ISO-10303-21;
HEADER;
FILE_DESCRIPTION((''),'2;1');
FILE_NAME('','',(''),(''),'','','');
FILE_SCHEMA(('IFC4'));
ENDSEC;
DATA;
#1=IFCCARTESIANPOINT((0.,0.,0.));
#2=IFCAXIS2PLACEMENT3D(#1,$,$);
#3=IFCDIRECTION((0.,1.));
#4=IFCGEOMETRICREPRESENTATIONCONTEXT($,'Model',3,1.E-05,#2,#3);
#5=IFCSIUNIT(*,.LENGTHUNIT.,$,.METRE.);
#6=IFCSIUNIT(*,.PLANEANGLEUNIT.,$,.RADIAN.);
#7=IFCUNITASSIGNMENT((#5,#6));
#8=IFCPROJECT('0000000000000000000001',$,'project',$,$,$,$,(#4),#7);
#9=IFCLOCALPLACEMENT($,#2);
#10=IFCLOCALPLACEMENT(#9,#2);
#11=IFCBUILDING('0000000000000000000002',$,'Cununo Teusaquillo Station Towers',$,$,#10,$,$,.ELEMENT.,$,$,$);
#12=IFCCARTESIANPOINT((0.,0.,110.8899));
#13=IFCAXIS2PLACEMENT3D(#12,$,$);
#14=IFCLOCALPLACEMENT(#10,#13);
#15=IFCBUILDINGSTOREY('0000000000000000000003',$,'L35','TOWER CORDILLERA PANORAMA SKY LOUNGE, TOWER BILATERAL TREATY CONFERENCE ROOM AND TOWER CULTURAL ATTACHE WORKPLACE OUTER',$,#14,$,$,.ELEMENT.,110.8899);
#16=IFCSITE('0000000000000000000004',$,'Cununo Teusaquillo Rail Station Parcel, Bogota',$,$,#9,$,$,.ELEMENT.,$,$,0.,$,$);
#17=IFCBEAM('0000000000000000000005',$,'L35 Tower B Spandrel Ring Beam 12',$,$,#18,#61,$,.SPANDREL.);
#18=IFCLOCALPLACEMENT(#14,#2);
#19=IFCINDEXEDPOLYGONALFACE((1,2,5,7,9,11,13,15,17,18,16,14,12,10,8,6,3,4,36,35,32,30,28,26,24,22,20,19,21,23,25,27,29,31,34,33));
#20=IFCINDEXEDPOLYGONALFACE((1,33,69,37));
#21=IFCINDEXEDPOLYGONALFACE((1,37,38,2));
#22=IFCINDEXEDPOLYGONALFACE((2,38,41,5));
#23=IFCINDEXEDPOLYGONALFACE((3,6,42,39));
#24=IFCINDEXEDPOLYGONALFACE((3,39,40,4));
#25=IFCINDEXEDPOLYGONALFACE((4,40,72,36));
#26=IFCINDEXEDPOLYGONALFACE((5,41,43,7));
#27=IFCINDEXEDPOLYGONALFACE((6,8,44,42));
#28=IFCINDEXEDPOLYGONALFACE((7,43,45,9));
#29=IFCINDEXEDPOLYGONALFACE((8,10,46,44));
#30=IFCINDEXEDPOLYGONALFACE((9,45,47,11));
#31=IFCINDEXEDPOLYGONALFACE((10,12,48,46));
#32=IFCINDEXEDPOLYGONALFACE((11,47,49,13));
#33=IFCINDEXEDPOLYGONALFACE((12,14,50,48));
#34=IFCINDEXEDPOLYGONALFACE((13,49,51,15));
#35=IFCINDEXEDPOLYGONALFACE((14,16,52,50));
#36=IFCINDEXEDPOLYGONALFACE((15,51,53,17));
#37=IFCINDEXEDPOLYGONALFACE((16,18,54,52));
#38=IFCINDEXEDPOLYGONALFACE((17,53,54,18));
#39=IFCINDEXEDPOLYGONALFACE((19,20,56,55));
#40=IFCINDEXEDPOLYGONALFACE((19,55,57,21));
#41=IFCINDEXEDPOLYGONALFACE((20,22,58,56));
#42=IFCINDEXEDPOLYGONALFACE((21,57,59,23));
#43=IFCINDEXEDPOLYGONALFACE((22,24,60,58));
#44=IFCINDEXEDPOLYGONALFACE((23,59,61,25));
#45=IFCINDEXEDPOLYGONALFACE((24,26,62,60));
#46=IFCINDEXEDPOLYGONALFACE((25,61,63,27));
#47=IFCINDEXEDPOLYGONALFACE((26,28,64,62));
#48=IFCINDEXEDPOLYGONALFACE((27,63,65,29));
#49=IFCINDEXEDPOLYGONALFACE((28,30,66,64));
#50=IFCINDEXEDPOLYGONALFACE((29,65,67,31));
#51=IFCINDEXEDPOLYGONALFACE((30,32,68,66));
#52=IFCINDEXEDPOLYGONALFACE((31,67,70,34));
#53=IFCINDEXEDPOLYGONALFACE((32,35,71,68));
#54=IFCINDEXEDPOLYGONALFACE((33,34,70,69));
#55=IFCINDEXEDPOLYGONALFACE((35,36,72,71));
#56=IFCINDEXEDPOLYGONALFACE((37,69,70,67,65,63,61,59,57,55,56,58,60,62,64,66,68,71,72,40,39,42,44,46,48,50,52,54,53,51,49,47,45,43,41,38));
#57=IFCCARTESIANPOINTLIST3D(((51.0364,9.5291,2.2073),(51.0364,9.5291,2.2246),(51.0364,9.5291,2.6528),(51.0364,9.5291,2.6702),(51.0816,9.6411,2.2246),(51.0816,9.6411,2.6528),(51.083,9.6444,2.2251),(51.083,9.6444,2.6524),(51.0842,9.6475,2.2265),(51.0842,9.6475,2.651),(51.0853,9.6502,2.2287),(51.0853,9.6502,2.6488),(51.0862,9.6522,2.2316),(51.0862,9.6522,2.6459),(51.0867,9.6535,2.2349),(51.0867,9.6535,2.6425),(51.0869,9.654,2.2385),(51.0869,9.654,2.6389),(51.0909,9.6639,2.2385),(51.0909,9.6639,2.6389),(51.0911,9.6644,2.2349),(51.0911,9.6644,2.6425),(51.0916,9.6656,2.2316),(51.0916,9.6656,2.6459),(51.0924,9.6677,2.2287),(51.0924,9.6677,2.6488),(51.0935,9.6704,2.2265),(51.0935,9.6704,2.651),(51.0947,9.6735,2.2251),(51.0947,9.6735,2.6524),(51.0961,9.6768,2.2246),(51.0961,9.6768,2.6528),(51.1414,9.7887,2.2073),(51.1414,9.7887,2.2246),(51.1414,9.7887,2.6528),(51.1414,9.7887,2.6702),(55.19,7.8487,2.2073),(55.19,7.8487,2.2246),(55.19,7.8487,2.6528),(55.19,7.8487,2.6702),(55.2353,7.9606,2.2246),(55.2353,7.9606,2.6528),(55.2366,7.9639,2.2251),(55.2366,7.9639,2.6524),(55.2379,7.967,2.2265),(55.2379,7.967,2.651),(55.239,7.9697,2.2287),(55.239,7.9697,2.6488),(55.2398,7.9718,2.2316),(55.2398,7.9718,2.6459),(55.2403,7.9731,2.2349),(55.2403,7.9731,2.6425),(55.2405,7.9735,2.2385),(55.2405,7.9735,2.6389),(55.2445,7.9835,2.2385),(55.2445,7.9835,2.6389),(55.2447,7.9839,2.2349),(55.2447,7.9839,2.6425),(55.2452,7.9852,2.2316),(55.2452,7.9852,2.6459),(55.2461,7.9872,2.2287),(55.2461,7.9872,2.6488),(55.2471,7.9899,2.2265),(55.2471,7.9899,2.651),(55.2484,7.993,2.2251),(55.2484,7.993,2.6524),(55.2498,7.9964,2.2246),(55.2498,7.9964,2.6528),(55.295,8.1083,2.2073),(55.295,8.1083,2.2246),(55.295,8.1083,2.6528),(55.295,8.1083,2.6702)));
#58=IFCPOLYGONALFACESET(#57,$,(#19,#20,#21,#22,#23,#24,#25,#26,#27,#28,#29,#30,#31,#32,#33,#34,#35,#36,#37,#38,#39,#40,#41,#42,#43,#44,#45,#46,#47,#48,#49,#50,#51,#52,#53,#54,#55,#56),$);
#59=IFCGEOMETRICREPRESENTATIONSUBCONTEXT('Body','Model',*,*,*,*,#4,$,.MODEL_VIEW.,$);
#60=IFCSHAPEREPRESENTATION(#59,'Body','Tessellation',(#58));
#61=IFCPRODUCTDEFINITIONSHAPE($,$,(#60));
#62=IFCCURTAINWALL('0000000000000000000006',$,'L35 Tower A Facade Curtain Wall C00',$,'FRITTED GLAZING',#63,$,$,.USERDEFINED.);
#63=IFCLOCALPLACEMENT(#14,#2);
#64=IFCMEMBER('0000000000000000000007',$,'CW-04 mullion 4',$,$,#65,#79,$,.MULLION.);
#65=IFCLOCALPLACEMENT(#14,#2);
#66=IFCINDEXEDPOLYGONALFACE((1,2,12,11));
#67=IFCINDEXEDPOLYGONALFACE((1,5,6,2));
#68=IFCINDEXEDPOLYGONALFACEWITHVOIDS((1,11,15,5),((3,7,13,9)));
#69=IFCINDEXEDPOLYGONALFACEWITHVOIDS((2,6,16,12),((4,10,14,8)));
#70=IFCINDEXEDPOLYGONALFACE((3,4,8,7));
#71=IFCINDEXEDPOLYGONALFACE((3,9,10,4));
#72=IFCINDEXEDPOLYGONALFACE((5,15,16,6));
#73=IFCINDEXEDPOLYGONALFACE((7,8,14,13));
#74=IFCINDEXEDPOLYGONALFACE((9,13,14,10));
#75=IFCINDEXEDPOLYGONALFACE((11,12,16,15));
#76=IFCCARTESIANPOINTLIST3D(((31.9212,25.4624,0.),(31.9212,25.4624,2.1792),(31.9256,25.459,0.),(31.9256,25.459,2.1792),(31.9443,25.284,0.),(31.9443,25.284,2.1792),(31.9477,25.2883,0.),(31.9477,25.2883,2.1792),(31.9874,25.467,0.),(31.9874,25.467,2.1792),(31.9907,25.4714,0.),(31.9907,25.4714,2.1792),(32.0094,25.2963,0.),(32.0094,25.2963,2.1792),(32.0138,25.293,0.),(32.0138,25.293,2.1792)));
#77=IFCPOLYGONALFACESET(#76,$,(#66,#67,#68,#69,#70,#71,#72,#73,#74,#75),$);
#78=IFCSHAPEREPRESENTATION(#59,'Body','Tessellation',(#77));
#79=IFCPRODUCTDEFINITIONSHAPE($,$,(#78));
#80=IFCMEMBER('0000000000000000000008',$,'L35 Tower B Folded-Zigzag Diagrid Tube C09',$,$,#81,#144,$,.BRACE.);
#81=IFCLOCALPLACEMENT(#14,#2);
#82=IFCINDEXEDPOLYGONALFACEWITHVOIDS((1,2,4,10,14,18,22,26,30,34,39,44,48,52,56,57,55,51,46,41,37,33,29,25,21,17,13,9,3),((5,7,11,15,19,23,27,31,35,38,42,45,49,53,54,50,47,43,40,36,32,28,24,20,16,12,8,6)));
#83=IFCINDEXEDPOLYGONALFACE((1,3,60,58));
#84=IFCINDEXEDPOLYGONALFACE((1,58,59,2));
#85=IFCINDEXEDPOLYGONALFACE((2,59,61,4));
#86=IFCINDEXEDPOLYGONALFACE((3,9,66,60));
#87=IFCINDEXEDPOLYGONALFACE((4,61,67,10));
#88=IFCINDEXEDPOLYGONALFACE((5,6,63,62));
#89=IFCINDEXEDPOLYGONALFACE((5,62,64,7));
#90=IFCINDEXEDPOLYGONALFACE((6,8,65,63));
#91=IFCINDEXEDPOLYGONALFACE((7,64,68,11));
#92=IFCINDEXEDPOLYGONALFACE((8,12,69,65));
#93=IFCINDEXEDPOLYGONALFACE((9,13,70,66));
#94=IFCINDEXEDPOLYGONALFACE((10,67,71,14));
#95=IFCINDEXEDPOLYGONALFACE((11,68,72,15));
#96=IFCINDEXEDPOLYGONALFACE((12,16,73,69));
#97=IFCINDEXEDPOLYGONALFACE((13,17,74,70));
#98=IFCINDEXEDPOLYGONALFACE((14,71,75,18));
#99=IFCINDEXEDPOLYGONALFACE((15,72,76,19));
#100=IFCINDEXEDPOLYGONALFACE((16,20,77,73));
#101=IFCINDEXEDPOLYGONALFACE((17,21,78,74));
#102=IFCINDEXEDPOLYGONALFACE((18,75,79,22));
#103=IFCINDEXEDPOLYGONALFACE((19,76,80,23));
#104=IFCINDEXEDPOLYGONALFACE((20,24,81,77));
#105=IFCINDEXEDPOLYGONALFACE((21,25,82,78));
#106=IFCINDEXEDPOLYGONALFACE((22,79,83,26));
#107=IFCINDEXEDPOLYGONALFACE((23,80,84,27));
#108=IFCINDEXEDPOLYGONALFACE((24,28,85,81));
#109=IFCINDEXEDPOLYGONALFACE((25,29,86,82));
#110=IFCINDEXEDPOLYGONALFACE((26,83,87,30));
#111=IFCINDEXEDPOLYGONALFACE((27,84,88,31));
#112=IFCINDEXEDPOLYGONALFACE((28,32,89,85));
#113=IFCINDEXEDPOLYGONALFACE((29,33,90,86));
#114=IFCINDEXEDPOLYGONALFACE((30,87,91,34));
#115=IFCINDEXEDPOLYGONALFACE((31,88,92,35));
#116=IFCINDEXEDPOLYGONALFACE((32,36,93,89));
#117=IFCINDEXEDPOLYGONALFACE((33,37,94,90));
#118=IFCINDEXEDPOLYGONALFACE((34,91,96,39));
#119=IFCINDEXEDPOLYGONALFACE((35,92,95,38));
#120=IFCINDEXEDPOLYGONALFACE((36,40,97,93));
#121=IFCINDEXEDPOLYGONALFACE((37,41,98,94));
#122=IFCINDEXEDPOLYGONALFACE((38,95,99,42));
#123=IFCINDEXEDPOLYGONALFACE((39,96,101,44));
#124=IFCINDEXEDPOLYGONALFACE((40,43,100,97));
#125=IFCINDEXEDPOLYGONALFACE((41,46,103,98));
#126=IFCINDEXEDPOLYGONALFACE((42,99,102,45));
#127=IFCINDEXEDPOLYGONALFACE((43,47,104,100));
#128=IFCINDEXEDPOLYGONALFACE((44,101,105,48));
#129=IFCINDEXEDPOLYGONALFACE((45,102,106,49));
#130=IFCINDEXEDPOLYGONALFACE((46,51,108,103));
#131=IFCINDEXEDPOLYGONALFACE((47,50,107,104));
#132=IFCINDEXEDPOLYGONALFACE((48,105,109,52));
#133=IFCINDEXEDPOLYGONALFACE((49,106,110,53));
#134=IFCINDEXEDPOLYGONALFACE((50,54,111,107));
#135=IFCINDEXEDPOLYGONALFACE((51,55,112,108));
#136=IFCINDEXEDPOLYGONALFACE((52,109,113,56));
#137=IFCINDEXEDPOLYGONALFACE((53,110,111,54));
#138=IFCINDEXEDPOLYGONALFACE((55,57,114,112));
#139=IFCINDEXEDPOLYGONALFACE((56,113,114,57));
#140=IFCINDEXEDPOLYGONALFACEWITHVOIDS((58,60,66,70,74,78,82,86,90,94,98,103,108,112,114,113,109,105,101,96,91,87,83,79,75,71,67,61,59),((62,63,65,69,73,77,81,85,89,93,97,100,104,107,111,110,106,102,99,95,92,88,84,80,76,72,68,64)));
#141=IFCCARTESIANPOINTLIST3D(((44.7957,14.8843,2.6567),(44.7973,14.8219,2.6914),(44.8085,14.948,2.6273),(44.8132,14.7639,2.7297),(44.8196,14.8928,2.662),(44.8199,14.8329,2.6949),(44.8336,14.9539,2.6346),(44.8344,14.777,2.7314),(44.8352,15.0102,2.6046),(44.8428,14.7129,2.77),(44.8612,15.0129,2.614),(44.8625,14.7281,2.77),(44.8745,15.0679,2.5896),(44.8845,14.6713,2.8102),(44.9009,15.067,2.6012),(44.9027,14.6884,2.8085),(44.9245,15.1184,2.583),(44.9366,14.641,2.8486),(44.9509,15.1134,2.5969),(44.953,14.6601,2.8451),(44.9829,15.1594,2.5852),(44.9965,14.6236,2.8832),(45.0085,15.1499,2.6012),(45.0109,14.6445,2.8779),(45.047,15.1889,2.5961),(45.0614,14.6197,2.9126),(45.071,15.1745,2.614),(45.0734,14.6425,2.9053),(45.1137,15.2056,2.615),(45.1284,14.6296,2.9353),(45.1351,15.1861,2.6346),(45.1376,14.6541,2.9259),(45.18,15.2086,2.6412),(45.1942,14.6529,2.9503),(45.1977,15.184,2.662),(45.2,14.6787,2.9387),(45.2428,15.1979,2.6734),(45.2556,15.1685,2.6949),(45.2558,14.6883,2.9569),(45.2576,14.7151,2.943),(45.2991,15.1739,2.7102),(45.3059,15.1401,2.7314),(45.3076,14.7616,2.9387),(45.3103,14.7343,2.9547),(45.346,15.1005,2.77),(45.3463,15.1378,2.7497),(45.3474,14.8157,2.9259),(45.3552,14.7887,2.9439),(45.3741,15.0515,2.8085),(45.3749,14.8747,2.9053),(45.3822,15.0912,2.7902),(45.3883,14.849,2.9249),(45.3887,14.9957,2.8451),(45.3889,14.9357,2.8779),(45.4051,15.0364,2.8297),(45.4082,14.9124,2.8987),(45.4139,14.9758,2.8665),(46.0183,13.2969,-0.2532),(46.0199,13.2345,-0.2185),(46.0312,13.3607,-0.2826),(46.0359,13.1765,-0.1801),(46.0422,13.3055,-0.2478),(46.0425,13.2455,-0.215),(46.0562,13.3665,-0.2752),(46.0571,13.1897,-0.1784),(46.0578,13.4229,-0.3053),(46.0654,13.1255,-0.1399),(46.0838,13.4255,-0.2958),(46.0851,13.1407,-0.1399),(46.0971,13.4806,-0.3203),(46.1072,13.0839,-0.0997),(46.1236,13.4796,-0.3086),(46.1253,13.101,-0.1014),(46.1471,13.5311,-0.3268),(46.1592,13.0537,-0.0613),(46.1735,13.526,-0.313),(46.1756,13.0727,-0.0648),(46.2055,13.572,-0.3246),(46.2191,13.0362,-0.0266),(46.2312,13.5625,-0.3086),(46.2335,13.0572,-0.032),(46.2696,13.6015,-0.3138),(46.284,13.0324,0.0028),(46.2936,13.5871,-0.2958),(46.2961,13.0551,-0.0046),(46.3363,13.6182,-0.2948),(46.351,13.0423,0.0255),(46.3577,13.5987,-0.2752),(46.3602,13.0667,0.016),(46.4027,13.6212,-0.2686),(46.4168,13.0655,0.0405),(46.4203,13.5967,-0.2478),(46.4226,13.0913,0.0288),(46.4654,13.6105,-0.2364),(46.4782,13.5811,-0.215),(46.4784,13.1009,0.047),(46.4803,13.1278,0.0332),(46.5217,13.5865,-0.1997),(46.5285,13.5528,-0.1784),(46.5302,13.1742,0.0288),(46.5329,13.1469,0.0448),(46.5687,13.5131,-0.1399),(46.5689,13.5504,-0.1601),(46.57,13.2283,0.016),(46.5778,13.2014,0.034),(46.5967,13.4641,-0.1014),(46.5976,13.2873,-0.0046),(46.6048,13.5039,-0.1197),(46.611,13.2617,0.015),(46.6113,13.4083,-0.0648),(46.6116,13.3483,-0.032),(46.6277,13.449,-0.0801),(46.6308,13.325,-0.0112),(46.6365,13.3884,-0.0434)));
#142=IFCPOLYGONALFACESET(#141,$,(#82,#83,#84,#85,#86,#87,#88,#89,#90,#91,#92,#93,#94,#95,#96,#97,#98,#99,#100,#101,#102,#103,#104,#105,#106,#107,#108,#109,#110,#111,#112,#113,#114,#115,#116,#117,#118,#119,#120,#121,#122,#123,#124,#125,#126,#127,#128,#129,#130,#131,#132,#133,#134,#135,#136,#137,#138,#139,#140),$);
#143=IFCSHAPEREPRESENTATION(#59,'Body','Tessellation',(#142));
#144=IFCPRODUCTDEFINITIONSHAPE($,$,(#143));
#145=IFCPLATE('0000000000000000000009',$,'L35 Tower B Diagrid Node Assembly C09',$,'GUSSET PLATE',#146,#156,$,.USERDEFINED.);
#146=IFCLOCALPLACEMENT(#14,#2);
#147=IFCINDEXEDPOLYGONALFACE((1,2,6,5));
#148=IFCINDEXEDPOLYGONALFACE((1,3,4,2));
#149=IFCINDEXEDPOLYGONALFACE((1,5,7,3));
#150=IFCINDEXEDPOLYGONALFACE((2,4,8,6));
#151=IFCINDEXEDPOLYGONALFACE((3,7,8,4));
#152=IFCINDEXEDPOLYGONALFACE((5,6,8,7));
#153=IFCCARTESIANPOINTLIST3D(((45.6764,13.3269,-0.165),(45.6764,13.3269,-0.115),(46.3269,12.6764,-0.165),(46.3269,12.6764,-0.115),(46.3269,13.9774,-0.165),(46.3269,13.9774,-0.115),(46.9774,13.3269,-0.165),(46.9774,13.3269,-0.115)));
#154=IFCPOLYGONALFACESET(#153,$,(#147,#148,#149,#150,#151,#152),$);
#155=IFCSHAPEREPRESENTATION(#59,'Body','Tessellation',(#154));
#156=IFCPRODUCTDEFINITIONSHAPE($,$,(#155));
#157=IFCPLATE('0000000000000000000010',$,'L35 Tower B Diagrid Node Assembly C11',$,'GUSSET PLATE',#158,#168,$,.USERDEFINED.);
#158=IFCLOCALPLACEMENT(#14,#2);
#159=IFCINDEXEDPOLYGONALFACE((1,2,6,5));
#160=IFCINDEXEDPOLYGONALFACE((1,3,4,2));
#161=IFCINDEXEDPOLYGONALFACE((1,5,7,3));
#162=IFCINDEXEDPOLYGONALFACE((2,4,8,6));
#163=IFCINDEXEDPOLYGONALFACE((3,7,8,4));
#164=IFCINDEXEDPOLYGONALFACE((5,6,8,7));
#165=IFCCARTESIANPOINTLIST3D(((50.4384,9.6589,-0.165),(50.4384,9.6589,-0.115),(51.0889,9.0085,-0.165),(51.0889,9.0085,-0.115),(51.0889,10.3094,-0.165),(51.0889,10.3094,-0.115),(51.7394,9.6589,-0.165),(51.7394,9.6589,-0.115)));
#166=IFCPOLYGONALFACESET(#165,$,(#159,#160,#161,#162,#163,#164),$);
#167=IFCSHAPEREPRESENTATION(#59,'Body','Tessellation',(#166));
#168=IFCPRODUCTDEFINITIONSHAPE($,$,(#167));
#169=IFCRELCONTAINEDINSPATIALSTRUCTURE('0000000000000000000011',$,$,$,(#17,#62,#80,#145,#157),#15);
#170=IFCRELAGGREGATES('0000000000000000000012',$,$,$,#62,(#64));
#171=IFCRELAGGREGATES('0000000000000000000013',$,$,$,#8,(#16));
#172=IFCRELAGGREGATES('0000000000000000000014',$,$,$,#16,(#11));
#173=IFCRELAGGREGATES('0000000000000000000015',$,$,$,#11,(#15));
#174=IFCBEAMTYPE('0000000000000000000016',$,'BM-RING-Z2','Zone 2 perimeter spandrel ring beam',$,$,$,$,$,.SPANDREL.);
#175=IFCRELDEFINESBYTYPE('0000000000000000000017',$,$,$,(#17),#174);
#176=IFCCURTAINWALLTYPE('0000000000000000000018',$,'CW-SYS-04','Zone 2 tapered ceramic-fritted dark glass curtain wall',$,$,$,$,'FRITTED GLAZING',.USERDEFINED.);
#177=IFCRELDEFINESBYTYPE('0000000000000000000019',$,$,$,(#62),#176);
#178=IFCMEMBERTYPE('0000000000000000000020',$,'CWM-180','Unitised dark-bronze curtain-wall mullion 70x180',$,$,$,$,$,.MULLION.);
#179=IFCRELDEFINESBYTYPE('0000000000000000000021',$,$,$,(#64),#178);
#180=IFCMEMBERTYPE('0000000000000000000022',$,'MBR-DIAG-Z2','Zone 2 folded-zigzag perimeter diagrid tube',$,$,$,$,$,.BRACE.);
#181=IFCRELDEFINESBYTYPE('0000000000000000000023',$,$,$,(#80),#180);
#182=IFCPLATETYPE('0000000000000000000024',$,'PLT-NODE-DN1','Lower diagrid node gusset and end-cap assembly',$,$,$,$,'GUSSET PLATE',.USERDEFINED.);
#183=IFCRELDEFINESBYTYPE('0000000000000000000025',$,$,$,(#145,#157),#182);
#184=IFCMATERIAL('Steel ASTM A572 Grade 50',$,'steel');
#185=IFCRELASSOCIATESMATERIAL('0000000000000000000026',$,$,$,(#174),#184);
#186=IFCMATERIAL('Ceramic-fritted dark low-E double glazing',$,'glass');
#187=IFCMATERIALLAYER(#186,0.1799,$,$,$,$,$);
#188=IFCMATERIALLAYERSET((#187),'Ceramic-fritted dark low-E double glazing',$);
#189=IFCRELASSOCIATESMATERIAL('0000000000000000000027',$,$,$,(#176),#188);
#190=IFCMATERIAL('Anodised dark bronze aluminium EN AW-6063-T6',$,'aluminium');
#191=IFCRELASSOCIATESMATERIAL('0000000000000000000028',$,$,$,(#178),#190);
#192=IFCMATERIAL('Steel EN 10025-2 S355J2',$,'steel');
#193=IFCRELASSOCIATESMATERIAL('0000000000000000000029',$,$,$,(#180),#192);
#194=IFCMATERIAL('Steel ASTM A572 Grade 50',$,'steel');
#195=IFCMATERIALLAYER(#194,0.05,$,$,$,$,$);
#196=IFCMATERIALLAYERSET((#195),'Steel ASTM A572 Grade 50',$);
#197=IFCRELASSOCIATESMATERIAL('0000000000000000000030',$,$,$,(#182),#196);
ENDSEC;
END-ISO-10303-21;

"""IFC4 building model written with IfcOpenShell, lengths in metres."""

from ifc_helpers import new_model, si_unit, direction, frame, origin, origin_2d, place, context, subcontext, project, spatial, rectangle, hollow_rectangle, hollow_circle, i_section, extrude, source, transform, mapped, material, layer, layer_set, material_profile, profile_set, type_object, element, aggregate, save


model = new_model("IFC4")

# Units and contexts
model_context = context("Model", 3, precision=1e-05, world=origin(), true_north=direction((0.0, 1.0)))
body_context = subcontext(model_context, "Body", "Model", "MODEL_VIEW")
ifc_project = project(units=[si_unit("LENGTHUNIT", "METRE"), si_unit("PLANEANGLEUNIT", "RADIAN")], contexts=[model_context])

# Site, building, storey
site_placement = place(None, origin())
site = spatial("IfcSite", under=ifc_project, at=site_placement, Name="Cununo Teusaquillo Rail Station Parcel, Bogota", CompositionType="ELEMENT", RefElevation=0.0)
building_placement = place(site_placement, origin())
building = spatial("IfcBuilding", under=site, at=building_placement, Name="Cununo Teusaquillo Station Towers", CompositionType="ELEMENT")
storey_placement = place(building_placement, frame((0.0, 0.0, 110.8899)))
storey = spatial("IfcBuildingStorey", under=building, at=storey_placement, Name="L35", Description="TOWER CORDILLERA PANORAMA SKY LOUNGE, TOWER BILATERAL TREATY CONFERENCE ROOM AND TOWER CULTURAL ATTACHE WORKPLACE OUTER", CompositionType="ELEMENT", Elevation=110.8899)

# Beam
ifc_material_1 = material(Name="Steel ASTM A572 Grade 50", Category="steel")
ifc_material_profile_1 = material_profile(ifc_material_1, i_section(OverallWidth=0.28, OverallDepth=0.4629, WebThickness=0.0107, FlangeThickness=0.0173, FilletRadius=0.0139, at=origin_2d()), Name="W18X76")
ifc_profile_set_1 = profile_set([ifc_material_profile_1], Name="Steel ASTM A572 Grade 50")
beam_type_1 = type_object("IfcBeamType", Name="BM-RING-Z2", Description="Zone 2 perimeter spandrel ring beam", PredefinedType="SPANDREL", material=ifc_profile_set_1)
beam_1_placement = place(storey_placement, frame((51.0889, 9.6589, 2.4387), z_axis=(0.927008, -0.375042, 0.0), x_axis=(0.375042, 0.927008, 0.0)))
element("IfcBeam", 1, at=beam_1_placement, inside=storey, type_object=beam_type_1, Name="L35 Tower B Spandrel Ring Beam 12", PredefinedType="SPANDREL", context=body_context, shape_type="SweptSolid", body=[
    extrude(i_section(OverallWidth=0.28, OverallDepth=0.4629, WebThickness=0.0107, FlangeThickness=0.0173, FilletRadius=0.0139, at=origin_2d()), origin(), (0.0, 0.0, 1.0), 4.4807),
])

# Curtain wall, member
ifc_material_2 = material(Name="Ceramic-fritted dark low-E double glazing", Category="glass")
ifc_layer_1 = layer(ifc_material_2, 0.1799)
ifc_layer_set_1 = layer_set([ifc_layer_1], Name="Ceramic-fritted dark low-E double glazing")
curtain_wall_type = type_object("IfcCurtainWallType", Name="CW-SYS-04", Description="Zone 2 tapered ceramic-fritted dark glass curtain wall", ElementType="FRITTED GLAZING", PredefinedType="USERDEFINED", material=ifc_layer_set_1)
curtain_wall_placement = place(storey_placement, origin())
curtain_wall = element("IfcCurtainWall", 2, at=curtain_wall_placement, inside=storey, type_object=curtain_wall_type, Name="L35 Tower A Facade Curtain Wall C00", ObjectType="FRITTED GLAZING", PredefinedType="USERDEFINED")
ifc_material_3 = material(Name="Anodised dark bronze aluminium EN AW-6063-T6", Category="aluminium")
ifc_material_profile_2 = material_profile(ifc_material_3, hollow_rectangle(XDim=0.0701, YDim=0.1799, WallThickness=0.0039, at=origin_2d()), Name="CW-MULL-70x180")
ifc_profile_set_2 = profile_set([ifc_material_profile_2], Name="Anodised dark bronze aluminium EN AW-6063-T6")
member_type_1 = type_object("IfcMemberType", Name="CWM-180", Description="Unitised dark-bronze curtain-wall mullion 70x180", PredefinedType="MULLION", material=ifc_profile_set_2)
member_1_placement = place(storey_placement, frame((31.9675, 25.3777, 0.0), z_axis=(0.0, 0.0, 1.0), x_axis=(0.991731, 0.128336, 0.0)))
member_1 = element("IfcMember", 3, at=member_1_placement, type_object=member_type_1, Name="CW-04 mullion 4", PredefinedType="MULLION", context=body_context, shape_type="SweptSolid", body=[
    extrude(hollow_rectangle(XDim=0.0701, YDim=0.1799, WallThickness=0.0039, at=origin_2d()), origin(), (0.0, 0.0, 1.0), 2.1792),
])
aggregate(curtain_wall, [member_1])

# Member
ifc_material_4 = material(Name="Steel EN 10025-2 S355J2", Category="steel")
ifc_material_profile_3 = material_profile(ifc_material_4, hollow_circle(Radius=0.3301, WallThickness=0.0249, at=origin_2d()), Name="CHS 660x25")
ifc_profile_set_3 = profile_set([ifc_material_profile_3], Name="Steel EN 10025-2 S355J2")
member_type_2 = type_object("IfcMemberType", Name="MBR-DIAG-Z2", Description="Zone 2 folded-zigzag perimeter diagrid tube", PredefinedType="BRACE", material=ifc_profile_set_3)
member_2_placement = place(storey_placement, frame((46.3269, 13.3269, -0.1399), z_axis=(-0.346064, 0.449303, 0.82363), x_axis=(-0.792243, -0.610205, 0.0)))
element("IfcMember", 4, at=member_2_placement, inside=storey, type_object=member_type_2, Name="L35 Tower B Folded-Zigzag Diagrid Tube C09", PredefinedType="BRACE", context=body_context, shape_type="SweptSolid", body=[
    extrude(hollow_circle(Radius=0.3301, WallThickness=0.0249, at=origin_2d()), origin(), (0.0, 0.0, 1.0), 3.533),
])

# Plates
ifc_material_5 = material(Name="Steel ASTM A572 Grade 50", Category="steel")
ifc_layer_2 = layer(ifc_material_5, 0.05)
ifc_layer_set_2 = layer_set([ifc_layer_2], Name="Steel ASTM A572 Grade 50")
plate_type = type_object("IfcPlateType", Name="PLT-NODE-DN1", Description="Lower diagrid node gusset and end-cap assembly", ElementType="GUSSET PLATE", PredefinedType="USERDEFINED", material=ifc_layer_set_2)
shared_shape_1 = source(origin(), body_context, "Body", "SweptSolid", [
    extrude(rectangle(XDim=0.9199, YDim=0.9199, at=origin_2d()), origin(), (0.0, 0.0, 1.0), 0.05),
])
for number, where, z_axis, x_axis, name in (
    (5, (46.3269, 13.3269, -0.165), (0.0, 0.0, 1.0), (0.707107, 0.707107, 0.0), "L35 Tower B Diagrid Node Assembly C09"),
    (6, (51.0889, 9.6589, -0.165), (0.0, 0.0, 1.0), (0.707107, 0.707107, 0.0), "L35 Tower B Diagrid Node Assembly C11"),
):
    element("IfcPlate", number, at=place(storey_placement, frame(where, z_axis=z_axis, x_axis=x_axis)), inside=storey, type_object=plate_type, Name=name, ObjectType="GUSSET PLATE", PredefinedType="USERDEFINED", context=body_context, shape_type="MappedRepresentation", body=[
        mapped(shared_shape_1, transform((0.0, 0.0, 0.0), x_axis=(1.0, 0.0, 0.0), y_axis=(0.0, 1.0, 0.0), z_axis=(0.0, 0.0, 1.0), scale=1.0)),
    ])

save(model, "model.ifc")
